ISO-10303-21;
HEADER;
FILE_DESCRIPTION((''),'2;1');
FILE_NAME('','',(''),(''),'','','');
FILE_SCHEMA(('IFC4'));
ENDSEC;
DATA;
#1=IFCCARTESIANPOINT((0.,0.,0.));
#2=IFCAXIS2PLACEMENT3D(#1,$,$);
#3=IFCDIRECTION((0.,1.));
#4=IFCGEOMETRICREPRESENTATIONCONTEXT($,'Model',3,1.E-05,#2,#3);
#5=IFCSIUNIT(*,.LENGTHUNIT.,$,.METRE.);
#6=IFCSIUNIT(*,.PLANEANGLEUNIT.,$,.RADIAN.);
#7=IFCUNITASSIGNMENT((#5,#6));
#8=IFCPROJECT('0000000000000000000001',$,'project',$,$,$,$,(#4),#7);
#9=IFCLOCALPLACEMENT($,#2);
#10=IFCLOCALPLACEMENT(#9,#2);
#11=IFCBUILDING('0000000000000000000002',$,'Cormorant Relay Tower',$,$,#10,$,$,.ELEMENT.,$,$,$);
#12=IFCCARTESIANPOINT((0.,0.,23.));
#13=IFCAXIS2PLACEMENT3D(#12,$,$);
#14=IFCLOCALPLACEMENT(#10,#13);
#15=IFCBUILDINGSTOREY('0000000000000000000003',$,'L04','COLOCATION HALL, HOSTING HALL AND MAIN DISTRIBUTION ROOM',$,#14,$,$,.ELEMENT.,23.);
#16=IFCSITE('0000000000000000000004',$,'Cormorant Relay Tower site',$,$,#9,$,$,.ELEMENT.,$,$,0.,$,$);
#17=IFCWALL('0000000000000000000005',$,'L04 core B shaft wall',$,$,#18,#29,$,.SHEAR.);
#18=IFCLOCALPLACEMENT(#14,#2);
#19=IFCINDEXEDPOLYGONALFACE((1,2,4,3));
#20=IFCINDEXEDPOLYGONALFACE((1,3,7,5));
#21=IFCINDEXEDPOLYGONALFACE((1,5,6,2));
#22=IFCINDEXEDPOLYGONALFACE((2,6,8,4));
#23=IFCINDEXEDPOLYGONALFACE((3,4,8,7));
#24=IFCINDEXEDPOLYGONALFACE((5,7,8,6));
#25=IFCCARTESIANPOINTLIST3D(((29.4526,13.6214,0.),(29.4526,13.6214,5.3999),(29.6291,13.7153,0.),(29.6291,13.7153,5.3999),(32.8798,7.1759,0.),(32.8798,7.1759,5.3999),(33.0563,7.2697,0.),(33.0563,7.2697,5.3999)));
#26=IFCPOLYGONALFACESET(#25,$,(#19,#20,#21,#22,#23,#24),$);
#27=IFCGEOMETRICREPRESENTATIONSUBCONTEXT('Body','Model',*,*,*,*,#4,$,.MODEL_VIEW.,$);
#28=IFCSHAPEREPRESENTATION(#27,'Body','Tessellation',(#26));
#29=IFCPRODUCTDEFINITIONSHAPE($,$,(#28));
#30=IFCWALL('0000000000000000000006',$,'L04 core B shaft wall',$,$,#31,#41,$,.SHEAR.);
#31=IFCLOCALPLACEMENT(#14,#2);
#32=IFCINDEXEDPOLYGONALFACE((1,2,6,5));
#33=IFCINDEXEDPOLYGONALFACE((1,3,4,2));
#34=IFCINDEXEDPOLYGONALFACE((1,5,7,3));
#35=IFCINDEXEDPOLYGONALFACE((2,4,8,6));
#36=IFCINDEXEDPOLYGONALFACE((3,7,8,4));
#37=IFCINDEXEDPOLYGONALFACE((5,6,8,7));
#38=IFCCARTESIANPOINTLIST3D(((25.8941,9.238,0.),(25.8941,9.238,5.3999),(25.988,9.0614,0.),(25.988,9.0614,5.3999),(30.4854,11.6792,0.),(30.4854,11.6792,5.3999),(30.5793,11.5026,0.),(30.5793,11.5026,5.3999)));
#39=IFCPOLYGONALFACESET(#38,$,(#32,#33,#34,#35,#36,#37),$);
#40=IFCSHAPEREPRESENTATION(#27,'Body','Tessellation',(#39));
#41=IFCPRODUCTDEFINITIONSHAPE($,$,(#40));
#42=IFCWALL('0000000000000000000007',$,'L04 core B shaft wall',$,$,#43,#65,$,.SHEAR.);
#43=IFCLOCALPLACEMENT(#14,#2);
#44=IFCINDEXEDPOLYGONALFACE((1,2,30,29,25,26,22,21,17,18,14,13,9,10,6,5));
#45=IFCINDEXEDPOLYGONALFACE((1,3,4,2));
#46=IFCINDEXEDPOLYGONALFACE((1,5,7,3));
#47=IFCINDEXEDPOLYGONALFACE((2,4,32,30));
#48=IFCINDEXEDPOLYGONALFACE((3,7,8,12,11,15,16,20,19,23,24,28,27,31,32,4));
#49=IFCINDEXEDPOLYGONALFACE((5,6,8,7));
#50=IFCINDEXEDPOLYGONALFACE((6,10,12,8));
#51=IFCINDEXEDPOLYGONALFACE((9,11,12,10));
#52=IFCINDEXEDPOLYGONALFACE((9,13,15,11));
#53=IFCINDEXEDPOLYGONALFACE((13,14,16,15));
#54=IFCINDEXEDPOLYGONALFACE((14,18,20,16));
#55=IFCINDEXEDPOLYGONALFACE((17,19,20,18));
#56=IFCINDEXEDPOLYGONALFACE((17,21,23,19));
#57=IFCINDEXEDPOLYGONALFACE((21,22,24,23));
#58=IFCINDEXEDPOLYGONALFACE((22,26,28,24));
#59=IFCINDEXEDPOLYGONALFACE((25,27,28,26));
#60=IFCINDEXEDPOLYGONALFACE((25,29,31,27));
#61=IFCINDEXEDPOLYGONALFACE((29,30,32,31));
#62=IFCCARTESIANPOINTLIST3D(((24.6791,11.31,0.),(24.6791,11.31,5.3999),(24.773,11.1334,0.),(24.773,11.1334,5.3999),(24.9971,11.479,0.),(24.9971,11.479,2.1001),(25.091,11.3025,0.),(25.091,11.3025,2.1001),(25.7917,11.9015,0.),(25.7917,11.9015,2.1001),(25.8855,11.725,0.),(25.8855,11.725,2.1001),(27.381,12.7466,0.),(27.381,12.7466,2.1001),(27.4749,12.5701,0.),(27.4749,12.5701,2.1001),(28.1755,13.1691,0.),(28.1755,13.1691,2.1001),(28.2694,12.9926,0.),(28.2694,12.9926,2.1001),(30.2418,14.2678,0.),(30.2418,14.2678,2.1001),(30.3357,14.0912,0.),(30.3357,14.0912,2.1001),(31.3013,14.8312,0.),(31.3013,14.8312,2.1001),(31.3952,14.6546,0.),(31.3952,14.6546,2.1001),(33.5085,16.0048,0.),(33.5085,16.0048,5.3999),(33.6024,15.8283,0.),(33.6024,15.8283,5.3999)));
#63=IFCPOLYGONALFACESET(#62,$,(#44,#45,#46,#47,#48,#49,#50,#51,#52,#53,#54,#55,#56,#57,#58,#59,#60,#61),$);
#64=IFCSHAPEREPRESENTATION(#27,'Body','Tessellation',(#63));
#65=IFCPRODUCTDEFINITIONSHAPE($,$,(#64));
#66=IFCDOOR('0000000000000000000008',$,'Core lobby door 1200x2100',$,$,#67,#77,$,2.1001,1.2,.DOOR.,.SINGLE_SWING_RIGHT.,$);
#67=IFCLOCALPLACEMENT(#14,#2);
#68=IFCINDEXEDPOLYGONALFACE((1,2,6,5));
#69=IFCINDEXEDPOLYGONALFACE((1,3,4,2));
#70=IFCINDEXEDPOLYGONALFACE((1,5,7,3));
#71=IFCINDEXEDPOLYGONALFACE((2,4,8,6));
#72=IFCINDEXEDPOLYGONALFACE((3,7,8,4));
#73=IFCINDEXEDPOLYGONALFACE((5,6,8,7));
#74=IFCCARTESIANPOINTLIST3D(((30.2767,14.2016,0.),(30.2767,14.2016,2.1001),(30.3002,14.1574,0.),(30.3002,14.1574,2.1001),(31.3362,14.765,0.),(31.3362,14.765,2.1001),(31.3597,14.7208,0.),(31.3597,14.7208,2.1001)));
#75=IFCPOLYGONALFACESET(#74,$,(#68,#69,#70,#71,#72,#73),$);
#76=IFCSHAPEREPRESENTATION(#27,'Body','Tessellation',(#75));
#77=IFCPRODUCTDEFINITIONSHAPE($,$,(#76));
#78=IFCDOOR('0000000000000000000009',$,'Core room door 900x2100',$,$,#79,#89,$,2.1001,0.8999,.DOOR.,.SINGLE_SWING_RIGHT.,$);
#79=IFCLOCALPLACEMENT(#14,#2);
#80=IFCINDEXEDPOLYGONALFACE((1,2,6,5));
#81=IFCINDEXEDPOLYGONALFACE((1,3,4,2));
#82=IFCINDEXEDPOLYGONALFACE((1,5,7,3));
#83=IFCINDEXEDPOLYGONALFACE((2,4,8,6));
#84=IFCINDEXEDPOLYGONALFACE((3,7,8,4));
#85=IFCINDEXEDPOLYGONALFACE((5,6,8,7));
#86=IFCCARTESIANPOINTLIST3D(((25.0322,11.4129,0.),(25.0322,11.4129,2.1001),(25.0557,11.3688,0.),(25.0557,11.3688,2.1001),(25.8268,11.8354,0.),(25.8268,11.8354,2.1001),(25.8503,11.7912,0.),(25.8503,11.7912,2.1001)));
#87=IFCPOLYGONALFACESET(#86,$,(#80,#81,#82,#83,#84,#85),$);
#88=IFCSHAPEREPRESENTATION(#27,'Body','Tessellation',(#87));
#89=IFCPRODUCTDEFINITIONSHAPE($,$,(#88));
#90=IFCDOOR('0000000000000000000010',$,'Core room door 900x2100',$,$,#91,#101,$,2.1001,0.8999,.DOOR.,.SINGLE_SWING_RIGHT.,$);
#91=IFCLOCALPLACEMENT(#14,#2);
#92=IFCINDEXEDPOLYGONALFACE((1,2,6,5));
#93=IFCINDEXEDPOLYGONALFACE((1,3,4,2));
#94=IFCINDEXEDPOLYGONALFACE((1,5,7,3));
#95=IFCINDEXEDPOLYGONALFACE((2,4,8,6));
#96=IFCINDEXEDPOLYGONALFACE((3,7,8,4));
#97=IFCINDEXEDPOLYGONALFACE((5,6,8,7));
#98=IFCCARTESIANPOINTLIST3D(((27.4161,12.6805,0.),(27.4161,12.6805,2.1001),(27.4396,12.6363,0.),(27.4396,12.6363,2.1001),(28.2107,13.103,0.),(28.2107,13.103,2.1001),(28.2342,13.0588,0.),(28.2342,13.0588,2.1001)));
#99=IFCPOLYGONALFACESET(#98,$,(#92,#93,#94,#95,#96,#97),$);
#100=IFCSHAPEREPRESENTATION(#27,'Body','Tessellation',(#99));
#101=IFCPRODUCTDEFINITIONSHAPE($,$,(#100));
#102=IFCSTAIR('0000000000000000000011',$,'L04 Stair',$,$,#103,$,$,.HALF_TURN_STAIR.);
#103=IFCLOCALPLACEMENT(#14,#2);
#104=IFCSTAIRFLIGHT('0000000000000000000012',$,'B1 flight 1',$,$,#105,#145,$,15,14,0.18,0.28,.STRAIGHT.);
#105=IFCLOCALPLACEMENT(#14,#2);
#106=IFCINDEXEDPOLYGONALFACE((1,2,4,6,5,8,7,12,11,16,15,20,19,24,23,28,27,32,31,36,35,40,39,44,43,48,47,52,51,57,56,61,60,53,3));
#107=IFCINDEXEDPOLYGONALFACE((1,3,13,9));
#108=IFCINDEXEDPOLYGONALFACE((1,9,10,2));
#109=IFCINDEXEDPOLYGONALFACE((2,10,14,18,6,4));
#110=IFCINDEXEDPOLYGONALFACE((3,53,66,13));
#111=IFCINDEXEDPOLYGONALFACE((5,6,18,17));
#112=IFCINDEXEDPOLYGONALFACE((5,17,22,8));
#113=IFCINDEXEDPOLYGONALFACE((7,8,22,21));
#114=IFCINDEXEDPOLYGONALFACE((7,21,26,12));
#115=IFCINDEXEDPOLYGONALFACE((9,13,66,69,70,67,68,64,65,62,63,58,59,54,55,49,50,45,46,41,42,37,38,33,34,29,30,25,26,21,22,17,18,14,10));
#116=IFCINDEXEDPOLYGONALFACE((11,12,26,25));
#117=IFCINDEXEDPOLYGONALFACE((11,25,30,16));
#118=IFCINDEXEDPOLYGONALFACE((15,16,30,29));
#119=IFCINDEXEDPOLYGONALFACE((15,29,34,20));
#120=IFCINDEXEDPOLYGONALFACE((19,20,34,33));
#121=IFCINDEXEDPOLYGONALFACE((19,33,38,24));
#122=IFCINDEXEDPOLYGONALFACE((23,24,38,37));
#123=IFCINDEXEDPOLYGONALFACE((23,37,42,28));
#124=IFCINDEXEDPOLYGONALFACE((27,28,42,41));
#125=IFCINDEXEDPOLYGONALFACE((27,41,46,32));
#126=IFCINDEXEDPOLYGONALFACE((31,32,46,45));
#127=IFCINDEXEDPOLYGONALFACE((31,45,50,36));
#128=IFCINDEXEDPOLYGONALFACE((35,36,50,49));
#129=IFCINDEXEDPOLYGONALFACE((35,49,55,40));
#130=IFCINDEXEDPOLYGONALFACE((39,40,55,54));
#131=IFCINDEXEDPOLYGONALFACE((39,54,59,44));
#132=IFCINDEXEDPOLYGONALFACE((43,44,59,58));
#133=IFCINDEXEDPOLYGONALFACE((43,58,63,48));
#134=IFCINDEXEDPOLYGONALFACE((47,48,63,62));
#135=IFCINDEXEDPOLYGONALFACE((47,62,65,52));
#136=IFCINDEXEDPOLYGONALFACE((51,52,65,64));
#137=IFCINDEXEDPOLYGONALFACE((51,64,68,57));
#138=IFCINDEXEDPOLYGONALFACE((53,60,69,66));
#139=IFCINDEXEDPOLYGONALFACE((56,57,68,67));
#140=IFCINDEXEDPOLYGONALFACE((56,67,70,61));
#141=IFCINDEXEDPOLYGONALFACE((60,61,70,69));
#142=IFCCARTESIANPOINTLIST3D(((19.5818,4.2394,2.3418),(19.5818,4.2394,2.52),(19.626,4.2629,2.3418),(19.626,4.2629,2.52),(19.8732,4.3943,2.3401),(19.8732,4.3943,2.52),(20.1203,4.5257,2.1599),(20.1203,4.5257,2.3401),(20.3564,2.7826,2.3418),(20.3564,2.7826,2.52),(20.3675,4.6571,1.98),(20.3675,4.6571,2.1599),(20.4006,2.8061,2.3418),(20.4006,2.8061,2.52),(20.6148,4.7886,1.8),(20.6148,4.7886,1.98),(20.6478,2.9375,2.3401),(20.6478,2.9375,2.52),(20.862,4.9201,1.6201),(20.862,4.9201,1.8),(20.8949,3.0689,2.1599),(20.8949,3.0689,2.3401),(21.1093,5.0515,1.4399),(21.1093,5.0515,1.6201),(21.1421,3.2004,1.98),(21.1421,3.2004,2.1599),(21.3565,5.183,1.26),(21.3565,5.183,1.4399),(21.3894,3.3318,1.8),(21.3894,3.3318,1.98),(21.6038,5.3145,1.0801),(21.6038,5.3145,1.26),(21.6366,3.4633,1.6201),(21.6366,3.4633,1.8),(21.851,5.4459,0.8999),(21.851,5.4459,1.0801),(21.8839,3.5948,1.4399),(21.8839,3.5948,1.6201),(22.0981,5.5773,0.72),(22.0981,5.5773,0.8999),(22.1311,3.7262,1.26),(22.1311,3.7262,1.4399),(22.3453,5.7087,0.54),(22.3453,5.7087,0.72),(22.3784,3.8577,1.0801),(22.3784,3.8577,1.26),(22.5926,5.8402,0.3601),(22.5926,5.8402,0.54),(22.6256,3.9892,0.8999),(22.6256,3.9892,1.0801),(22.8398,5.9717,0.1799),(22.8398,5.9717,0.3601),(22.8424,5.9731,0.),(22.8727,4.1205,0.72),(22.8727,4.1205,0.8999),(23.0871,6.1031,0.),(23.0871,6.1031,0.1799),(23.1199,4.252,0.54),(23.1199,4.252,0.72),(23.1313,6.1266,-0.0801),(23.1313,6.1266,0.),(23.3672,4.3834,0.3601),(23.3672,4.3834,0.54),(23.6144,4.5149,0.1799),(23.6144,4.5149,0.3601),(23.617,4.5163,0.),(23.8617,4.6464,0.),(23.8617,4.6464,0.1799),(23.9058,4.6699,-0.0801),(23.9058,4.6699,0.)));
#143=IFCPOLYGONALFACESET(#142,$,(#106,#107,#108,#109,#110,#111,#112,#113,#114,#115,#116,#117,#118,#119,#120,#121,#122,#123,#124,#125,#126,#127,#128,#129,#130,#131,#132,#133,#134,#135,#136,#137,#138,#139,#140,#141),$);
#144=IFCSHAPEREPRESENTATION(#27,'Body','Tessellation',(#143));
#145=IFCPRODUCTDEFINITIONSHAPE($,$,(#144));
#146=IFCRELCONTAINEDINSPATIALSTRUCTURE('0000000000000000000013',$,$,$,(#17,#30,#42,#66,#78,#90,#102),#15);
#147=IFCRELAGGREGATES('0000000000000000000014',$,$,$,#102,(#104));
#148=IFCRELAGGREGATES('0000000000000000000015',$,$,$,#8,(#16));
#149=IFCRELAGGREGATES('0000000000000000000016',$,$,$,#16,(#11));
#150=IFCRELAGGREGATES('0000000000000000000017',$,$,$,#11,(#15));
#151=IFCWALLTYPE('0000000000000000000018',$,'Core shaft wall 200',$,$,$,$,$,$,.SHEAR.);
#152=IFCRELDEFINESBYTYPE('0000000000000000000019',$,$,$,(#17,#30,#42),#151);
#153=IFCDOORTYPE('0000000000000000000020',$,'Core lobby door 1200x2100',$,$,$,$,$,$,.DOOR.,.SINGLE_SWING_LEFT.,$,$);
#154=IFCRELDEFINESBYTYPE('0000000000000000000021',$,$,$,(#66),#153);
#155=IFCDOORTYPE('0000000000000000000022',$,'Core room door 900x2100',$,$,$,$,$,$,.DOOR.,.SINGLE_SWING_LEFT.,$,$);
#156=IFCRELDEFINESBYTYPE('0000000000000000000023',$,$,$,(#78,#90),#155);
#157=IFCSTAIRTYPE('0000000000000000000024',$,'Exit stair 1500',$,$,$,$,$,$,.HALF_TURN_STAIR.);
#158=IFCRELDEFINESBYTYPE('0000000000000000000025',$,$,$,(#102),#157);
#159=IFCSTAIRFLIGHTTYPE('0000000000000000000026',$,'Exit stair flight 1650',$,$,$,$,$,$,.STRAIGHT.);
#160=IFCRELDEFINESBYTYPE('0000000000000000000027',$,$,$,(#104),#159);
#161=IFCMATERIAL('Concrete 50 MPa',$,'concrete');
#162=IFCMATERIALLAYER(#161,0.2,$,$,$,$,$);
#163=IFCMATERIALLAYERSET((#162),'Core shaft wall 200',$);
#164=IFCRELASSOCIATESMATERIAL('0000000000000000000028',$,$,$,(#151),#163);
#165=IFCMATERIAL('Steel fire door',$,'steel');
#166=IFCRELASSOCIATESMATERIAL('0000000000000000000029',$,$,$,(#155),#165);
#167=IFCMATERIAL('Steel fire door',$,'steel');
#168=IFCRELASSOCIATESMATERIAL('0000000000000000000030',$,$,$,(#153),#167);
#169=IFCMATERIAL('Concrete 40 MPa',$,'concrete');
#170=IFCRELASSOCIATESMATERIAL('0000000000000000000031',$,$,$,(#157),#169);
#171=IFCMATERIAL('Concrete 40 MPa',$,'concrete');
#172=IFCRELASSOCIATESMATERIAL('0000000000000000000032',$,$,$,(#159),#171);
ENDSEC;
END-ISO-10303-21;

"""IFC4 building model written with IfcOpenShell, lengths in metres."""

from ifc_helpers import new_model, si_unit, direction, frame, frame_2d, origin, place, context, subcontext, project, spatial, polyline, rectangle, outline, extrude, material, layer, layer_set, type_object, element, fill, aggregate, save


model = new_model("IFC4")

# Units and contexts
model_context = context("Model", 3, precision=1e-05, world=origin(), true_north=direction((0.0, 1.0)))
body_context = subcontext(model_context, "Body", "Model", "MODEL_VIEW")
ifc_project = project(units=[si_unit("LENGTHUNIT", "METRE"), si_unit("PLANEANGLEUNIT", "RADIAN")], contexts=[model_context])

# Site, building, storey
site_placement = place(None, origin())
site = spatial("IfcSite", under=ifc_project, at=site_placement, Name="Cormorant Relay Tower site", CompositionType="ELEMENT", RefElevation=0.0)
building_placement = place(site_placement, origin())
building = spatial("IfcBuilding", under=site, at=building_placement, Name="Cormorant Relay Tower", CompositionType="ELEMENT")
storey_placement = place(building_placement, frame((0.0, 0.0, 23.0)))
storey = spatial("IfcBuildingStorey", under=building, at=storey_placement, Name="L04", Description="COLOCATION HALL, HOSTING HALL AND MAIN DISTRIBUTION ROOM", CompositionType="ELEMENT", Elevation=23.0)

# Shared definitions
ifc_material_1 = material(Name="Concrete 50 MPa", Category="concrete")
ifc_layer_1 = layer(ifc_material_1, 0.2)
ifc_layer_set_1 = layer_set([ifc_layer_1], Name="Core shaft wall 200")
wall_type_1 = type_object("IfcWallType", Name="Core shaft wall 200", PredefinedType="SHEAR", material=ifc_layer_set_1)
ifc_material_2 = material(Name="Steel fire door", Category="steel")
door_type_1 = type_object("IfcDoorType", Name="Core room door 900x2100", OperationType="SINGLE_SWING_LEFT", PredefinedType="DOOR", material=ifc_material_2)

# Wall
wall_1_placement = place(storey_placement, frame((32.968, 7.2229, 0.0), z_axis=(0.0, 0.0, 1.0), x_axis=(-0.46948, 0.882943, 0.0)))
element("IfcWall", 1, at=wall_1_placement, inside=storey, type_object=wall_type_1, Name="L04 core B shaft wall", PredefinedType="SHEAR", context=body_context, shape_type="SweptSolid", body=[
    extrude(rectangle(XDim=7.3, YDim=0.2, at=frame_2d((3.6499, 0.0))), origin(), (0.0, 0.0, 1.0), 5.3999),
])

# Wall
wall_2_placement = place(storey_placement, frame((25.9409, 9.1497, 0.0), z_axis=(0.0, 0.0, 1.0), x_axis=(0.882954, 0.46946, 0.0)))
element("IfcWall", 2, at=wall_2_placement, inside=storey, type_object=wall_type_1, Name="L04 core B shaft wall", PredefinedType="SHEAR", context=body_context, shape_type="SweptSolid", body=[
    extrude(rectangle(XDim=5.2, YDim=0.2, at=frame_2d((2.6001, 0.0))), origin(), (0.0, 0.0, 1.0), 5.3999),
])

# Wall, openings, doors
wall_3_placement = place(storey_placement, frame((24.7261, 11.2217, 0.0), z_axis=(0.0, 0.0, 1.0), x_axis=(0.88294, 0.469485, 0.0)))
wall_3 = element("IfcWall", 3, at=wall_3_placement, inside=storey, type_object=wall_type_1, Name="L04 core B shaft wall", PredefinedType="SHEAR", context=body_context, shape_type="SweptSolid", body=[
    extrude(rectangle(XDim=10.0, YDim=0.2, at=frame_2d((5.0, 0.0))), origin(), (0.0, 0.0, 1.0), 5.3999),
])
opening_1_placement = place(wall_3_placement, frame((6.3, 0.0, 0.0)))
opening_1 = element("IfcOpeningElement", 4, at=opening_1_placement, cuts=wall_3, PredefinedType="OPENING", context=body_context, shape_type="SweptSolid", body=[
    extrude(rectangle(XDim=1.2, YDim=2.1001, at=frame_2d((0.6001, 1.05))), frame((0.0, 0.1099, 0.0), z_axis=(0.0, -1.0, 0.0), x_axis=(1.0, 0.0, 0.0)), (0.0, 0.0, 1.0), 0.22),
])
opening_2_placement = place(wall_3_placement, frame((0.3601, 0.0, 0.0)))
opening_2 = element("IfcOpeningElement", 5, at=opening_2_placement, cuts=wall_3, PredefinedType="OPENING", context=body_context, shape_type="SweptSolid", body=[
    extrude(rectangle(XDim=0.8999, YDim=2.1001, at=frame_2d((0.45, 1.05))), frame((0.0, 0.1099, 0.0), z_axis=(0.0, -1.0, 0.0), x_axis=(1.0, 0.0, 0.0)), (0.0, 0.0, 1.0), 0.22),
])
opening_3_placement = place(wall_3_placement, frame((3.0601, 0.0, 0.0)))
opening_3 = element("IfcOpeningElement", 6, at=opening_3_placement, cuts=wall_3, PredefinedType="OPENING", context=body_context, shape_type="SweptSolid", body=[
    extrude(rectangle(XDim=0.8999, YDim=2.1001, at=frame_2d((0.45, 1.05))), frame((0.0, 0.1099, 0.0), z_axis=(0.0, -1.0, 0.0), x_axis=(1.0, 0.0, 0.0)), (0.0, 0.0, 1.0), 0.22),
])
ifc_material_3 = material(Name="Steel fire door", Category="steel")
door_type_2 = type_object("IfcDoorType", Name="Core lobby door 1200x2100", OperationType="SINGLE_SWING_LEFT", PredefinedType="DOOR", material=ifc_material_3)
door_1_placement = place(opening_1_placement, frame((1.2, 0.0, 0.0), z_axis=(0.0, 0.0, 1.0), x_axis=(-1.0, 0.0, 0.0)))
door_1 = element("IfcDoor", 7, at=door_1_placement, inside=storey, type_object=door_type_2, Name="Core lobby door 1200x2100", OperationType="SINGLE_SWING_RIGHT", OverallHeight=2.1001, OverallWidth=1.2, PredefinedType="DOOR", context=body_context, shape_type="SweptSolid", body=[
    extrude(rectangle(XDim=1.2, YDim=2.1001, at=frame_2d((0.6001, 1.05))), frame((0.0, 0.0249, 0.0), z_axis=(0.0, -1.0, 0.0), x_axis=(1.0, 0.0, 0.0)), (0.0, 0.0, 1.0), 0.05),
])
fill(opening_1, door_1)
door_2_placement = place(opening_2_placement, frame((0.8999, 0.0, 0.0), z_axis=(0.0, 0.0, 1.0), x_axis=(-1.0, 0.0, 0.0)))
door_2 = element("IfcDoor", 8, at=door_2_placement, inside=storey, type_object=door_type_1, Name="Core room door 900x2100", OperationType="SINGLE_SWING_RIGHT", OverallHeight=2.1001, OverallWidth=0.8999, PredefinedType="DOOR", context=body_context, shape_type="SweptSolid", body=[
    extrude(rectangle(XDim=0.8999, YDim=2.1001, at=frame_2d((0.45, 1.05))), frame((0.0, 0.0249, 0.0), z_axis=(0.0, -1.0, 0.0), x_axis=(1.0, 0.0, 0.0)), (0.0, 0.0, 1.0), 0.05),
])
fill(opening_2, door_2)
door_3_placement = place(opening_3_placement, frame((0.8999, 0.0, 0.0), z_axis=(0.0, 0.0, 1.0), x_axis=(-1.0, 0.0, 0.0)))
door_3 = element("IfcDoor", 9, at=door_3_placement, inside=storey, type_object=door_type_1, Name="Core room door 900x2100", OperationType="SINGLE_SWING_RIGHT", OverallHeight=2.1001, OverallWidth=0.8999, PredefinedType="DOOR", context=body_context, shape_type="SweptSolid", body=[
    extrude(rectangle(XDim=0.8999, YDim=2.1001, at=frame_2d((0.45, 1.05))), frame((0.0, 0.0249, 0.0), z_axis=(0.0, -1.0, 0.0), x_axis=(1.0, 0.0, 0.0)), (0.0, 0.0, 1.0), 0.05),
])
fill(opening_3, door_3)

# Stair, stair flight
ifc_material_4 = material(Name="Concrete 40 MPa", Category="concrete")
stair_type = type_object("IfcStairType", Name="Exit stair 1500", PredefinedType="HALF_TURN_STAIR", material=ifc_material_4)
stair_placement = place(storey_placement, origin())
stair = element("IfcStair", 10, at=stair_placement, inside=storey, type_object=stair_type, Name="L04 Stair", PredefinedType="HALF_TURN_STAIR")
ifc_material_5 = material(Name="Concrete 40 MPa", Category="concrete")
stair_flight_type = type_object("IfcStairFlightType", Name="Exit stair flight 1650", PredefinedType="STRAIGHT", material=ifc_material_5)
stair_flight_placement = place(storey_placement, frame((23.4744, 5.3748, 0.0), z_axis=(0.0, 0.0, 1.0), x_axis=(-0.882948, -0.469472, 0.0)))
stair_flight = element("IfcStairFlight", 11, at=stair_flight_placement, type_object=stair_flight_type, Name="B1 flight 1", NumberOfRisers=15, NumberOfTreads=14, PredefinedType="STRAIGHT", RiserHeight=0.18, TreadLength=0.28, context=body_context, shape_type="SweptSolid", body=[
    extrude(outline(polyline([(-0.05, -0.0801), (-0.05, 0.0), (0.0, 0.0), (0.0, 0.1799), (0.28, 0.1799), (0.28, 0.3601), (0.5601, 0.3601), (0.5601, 0.54), (0.8401, 0.54), (0.8401, 0.72), (1.1201, 0.72), (1.1201, 0.8999), (1.3999, 0.8999), (1.3999, 1.0801), (1.6799, 1.0801), (1.6799, 1.26), (1.96, 1.26), (1.96, 1.4399), (2.24, 1.4399), (2.24, 1.6201), (2.52, 1.6201), (2.52, 1.8), (2.8, 1.8), (2.8, 1.98), (3.0801, 1.98), (3.0801, 2.1599), (3.3601, 2.1599), (3.3601, 2.3401), (3.6399, 2.3401), (3.6399, 2.52), (3.9199, 2.52), (3.97, 2.52), (3.97, 2.3418), (3.9199, 2.3418), (0.2771, 0.0), (-0.05, -0.0801)])), frame((0.0, 0.825, 0.0), z_axis=(0.0, -1.0, 0.0), x_axis=(1.0, 0.0, 0.0)), (0.0, 0.0, 1.0), 1.6499),
])
aggregate(stair, [stair_flight])

save(model, "model.ifc")
